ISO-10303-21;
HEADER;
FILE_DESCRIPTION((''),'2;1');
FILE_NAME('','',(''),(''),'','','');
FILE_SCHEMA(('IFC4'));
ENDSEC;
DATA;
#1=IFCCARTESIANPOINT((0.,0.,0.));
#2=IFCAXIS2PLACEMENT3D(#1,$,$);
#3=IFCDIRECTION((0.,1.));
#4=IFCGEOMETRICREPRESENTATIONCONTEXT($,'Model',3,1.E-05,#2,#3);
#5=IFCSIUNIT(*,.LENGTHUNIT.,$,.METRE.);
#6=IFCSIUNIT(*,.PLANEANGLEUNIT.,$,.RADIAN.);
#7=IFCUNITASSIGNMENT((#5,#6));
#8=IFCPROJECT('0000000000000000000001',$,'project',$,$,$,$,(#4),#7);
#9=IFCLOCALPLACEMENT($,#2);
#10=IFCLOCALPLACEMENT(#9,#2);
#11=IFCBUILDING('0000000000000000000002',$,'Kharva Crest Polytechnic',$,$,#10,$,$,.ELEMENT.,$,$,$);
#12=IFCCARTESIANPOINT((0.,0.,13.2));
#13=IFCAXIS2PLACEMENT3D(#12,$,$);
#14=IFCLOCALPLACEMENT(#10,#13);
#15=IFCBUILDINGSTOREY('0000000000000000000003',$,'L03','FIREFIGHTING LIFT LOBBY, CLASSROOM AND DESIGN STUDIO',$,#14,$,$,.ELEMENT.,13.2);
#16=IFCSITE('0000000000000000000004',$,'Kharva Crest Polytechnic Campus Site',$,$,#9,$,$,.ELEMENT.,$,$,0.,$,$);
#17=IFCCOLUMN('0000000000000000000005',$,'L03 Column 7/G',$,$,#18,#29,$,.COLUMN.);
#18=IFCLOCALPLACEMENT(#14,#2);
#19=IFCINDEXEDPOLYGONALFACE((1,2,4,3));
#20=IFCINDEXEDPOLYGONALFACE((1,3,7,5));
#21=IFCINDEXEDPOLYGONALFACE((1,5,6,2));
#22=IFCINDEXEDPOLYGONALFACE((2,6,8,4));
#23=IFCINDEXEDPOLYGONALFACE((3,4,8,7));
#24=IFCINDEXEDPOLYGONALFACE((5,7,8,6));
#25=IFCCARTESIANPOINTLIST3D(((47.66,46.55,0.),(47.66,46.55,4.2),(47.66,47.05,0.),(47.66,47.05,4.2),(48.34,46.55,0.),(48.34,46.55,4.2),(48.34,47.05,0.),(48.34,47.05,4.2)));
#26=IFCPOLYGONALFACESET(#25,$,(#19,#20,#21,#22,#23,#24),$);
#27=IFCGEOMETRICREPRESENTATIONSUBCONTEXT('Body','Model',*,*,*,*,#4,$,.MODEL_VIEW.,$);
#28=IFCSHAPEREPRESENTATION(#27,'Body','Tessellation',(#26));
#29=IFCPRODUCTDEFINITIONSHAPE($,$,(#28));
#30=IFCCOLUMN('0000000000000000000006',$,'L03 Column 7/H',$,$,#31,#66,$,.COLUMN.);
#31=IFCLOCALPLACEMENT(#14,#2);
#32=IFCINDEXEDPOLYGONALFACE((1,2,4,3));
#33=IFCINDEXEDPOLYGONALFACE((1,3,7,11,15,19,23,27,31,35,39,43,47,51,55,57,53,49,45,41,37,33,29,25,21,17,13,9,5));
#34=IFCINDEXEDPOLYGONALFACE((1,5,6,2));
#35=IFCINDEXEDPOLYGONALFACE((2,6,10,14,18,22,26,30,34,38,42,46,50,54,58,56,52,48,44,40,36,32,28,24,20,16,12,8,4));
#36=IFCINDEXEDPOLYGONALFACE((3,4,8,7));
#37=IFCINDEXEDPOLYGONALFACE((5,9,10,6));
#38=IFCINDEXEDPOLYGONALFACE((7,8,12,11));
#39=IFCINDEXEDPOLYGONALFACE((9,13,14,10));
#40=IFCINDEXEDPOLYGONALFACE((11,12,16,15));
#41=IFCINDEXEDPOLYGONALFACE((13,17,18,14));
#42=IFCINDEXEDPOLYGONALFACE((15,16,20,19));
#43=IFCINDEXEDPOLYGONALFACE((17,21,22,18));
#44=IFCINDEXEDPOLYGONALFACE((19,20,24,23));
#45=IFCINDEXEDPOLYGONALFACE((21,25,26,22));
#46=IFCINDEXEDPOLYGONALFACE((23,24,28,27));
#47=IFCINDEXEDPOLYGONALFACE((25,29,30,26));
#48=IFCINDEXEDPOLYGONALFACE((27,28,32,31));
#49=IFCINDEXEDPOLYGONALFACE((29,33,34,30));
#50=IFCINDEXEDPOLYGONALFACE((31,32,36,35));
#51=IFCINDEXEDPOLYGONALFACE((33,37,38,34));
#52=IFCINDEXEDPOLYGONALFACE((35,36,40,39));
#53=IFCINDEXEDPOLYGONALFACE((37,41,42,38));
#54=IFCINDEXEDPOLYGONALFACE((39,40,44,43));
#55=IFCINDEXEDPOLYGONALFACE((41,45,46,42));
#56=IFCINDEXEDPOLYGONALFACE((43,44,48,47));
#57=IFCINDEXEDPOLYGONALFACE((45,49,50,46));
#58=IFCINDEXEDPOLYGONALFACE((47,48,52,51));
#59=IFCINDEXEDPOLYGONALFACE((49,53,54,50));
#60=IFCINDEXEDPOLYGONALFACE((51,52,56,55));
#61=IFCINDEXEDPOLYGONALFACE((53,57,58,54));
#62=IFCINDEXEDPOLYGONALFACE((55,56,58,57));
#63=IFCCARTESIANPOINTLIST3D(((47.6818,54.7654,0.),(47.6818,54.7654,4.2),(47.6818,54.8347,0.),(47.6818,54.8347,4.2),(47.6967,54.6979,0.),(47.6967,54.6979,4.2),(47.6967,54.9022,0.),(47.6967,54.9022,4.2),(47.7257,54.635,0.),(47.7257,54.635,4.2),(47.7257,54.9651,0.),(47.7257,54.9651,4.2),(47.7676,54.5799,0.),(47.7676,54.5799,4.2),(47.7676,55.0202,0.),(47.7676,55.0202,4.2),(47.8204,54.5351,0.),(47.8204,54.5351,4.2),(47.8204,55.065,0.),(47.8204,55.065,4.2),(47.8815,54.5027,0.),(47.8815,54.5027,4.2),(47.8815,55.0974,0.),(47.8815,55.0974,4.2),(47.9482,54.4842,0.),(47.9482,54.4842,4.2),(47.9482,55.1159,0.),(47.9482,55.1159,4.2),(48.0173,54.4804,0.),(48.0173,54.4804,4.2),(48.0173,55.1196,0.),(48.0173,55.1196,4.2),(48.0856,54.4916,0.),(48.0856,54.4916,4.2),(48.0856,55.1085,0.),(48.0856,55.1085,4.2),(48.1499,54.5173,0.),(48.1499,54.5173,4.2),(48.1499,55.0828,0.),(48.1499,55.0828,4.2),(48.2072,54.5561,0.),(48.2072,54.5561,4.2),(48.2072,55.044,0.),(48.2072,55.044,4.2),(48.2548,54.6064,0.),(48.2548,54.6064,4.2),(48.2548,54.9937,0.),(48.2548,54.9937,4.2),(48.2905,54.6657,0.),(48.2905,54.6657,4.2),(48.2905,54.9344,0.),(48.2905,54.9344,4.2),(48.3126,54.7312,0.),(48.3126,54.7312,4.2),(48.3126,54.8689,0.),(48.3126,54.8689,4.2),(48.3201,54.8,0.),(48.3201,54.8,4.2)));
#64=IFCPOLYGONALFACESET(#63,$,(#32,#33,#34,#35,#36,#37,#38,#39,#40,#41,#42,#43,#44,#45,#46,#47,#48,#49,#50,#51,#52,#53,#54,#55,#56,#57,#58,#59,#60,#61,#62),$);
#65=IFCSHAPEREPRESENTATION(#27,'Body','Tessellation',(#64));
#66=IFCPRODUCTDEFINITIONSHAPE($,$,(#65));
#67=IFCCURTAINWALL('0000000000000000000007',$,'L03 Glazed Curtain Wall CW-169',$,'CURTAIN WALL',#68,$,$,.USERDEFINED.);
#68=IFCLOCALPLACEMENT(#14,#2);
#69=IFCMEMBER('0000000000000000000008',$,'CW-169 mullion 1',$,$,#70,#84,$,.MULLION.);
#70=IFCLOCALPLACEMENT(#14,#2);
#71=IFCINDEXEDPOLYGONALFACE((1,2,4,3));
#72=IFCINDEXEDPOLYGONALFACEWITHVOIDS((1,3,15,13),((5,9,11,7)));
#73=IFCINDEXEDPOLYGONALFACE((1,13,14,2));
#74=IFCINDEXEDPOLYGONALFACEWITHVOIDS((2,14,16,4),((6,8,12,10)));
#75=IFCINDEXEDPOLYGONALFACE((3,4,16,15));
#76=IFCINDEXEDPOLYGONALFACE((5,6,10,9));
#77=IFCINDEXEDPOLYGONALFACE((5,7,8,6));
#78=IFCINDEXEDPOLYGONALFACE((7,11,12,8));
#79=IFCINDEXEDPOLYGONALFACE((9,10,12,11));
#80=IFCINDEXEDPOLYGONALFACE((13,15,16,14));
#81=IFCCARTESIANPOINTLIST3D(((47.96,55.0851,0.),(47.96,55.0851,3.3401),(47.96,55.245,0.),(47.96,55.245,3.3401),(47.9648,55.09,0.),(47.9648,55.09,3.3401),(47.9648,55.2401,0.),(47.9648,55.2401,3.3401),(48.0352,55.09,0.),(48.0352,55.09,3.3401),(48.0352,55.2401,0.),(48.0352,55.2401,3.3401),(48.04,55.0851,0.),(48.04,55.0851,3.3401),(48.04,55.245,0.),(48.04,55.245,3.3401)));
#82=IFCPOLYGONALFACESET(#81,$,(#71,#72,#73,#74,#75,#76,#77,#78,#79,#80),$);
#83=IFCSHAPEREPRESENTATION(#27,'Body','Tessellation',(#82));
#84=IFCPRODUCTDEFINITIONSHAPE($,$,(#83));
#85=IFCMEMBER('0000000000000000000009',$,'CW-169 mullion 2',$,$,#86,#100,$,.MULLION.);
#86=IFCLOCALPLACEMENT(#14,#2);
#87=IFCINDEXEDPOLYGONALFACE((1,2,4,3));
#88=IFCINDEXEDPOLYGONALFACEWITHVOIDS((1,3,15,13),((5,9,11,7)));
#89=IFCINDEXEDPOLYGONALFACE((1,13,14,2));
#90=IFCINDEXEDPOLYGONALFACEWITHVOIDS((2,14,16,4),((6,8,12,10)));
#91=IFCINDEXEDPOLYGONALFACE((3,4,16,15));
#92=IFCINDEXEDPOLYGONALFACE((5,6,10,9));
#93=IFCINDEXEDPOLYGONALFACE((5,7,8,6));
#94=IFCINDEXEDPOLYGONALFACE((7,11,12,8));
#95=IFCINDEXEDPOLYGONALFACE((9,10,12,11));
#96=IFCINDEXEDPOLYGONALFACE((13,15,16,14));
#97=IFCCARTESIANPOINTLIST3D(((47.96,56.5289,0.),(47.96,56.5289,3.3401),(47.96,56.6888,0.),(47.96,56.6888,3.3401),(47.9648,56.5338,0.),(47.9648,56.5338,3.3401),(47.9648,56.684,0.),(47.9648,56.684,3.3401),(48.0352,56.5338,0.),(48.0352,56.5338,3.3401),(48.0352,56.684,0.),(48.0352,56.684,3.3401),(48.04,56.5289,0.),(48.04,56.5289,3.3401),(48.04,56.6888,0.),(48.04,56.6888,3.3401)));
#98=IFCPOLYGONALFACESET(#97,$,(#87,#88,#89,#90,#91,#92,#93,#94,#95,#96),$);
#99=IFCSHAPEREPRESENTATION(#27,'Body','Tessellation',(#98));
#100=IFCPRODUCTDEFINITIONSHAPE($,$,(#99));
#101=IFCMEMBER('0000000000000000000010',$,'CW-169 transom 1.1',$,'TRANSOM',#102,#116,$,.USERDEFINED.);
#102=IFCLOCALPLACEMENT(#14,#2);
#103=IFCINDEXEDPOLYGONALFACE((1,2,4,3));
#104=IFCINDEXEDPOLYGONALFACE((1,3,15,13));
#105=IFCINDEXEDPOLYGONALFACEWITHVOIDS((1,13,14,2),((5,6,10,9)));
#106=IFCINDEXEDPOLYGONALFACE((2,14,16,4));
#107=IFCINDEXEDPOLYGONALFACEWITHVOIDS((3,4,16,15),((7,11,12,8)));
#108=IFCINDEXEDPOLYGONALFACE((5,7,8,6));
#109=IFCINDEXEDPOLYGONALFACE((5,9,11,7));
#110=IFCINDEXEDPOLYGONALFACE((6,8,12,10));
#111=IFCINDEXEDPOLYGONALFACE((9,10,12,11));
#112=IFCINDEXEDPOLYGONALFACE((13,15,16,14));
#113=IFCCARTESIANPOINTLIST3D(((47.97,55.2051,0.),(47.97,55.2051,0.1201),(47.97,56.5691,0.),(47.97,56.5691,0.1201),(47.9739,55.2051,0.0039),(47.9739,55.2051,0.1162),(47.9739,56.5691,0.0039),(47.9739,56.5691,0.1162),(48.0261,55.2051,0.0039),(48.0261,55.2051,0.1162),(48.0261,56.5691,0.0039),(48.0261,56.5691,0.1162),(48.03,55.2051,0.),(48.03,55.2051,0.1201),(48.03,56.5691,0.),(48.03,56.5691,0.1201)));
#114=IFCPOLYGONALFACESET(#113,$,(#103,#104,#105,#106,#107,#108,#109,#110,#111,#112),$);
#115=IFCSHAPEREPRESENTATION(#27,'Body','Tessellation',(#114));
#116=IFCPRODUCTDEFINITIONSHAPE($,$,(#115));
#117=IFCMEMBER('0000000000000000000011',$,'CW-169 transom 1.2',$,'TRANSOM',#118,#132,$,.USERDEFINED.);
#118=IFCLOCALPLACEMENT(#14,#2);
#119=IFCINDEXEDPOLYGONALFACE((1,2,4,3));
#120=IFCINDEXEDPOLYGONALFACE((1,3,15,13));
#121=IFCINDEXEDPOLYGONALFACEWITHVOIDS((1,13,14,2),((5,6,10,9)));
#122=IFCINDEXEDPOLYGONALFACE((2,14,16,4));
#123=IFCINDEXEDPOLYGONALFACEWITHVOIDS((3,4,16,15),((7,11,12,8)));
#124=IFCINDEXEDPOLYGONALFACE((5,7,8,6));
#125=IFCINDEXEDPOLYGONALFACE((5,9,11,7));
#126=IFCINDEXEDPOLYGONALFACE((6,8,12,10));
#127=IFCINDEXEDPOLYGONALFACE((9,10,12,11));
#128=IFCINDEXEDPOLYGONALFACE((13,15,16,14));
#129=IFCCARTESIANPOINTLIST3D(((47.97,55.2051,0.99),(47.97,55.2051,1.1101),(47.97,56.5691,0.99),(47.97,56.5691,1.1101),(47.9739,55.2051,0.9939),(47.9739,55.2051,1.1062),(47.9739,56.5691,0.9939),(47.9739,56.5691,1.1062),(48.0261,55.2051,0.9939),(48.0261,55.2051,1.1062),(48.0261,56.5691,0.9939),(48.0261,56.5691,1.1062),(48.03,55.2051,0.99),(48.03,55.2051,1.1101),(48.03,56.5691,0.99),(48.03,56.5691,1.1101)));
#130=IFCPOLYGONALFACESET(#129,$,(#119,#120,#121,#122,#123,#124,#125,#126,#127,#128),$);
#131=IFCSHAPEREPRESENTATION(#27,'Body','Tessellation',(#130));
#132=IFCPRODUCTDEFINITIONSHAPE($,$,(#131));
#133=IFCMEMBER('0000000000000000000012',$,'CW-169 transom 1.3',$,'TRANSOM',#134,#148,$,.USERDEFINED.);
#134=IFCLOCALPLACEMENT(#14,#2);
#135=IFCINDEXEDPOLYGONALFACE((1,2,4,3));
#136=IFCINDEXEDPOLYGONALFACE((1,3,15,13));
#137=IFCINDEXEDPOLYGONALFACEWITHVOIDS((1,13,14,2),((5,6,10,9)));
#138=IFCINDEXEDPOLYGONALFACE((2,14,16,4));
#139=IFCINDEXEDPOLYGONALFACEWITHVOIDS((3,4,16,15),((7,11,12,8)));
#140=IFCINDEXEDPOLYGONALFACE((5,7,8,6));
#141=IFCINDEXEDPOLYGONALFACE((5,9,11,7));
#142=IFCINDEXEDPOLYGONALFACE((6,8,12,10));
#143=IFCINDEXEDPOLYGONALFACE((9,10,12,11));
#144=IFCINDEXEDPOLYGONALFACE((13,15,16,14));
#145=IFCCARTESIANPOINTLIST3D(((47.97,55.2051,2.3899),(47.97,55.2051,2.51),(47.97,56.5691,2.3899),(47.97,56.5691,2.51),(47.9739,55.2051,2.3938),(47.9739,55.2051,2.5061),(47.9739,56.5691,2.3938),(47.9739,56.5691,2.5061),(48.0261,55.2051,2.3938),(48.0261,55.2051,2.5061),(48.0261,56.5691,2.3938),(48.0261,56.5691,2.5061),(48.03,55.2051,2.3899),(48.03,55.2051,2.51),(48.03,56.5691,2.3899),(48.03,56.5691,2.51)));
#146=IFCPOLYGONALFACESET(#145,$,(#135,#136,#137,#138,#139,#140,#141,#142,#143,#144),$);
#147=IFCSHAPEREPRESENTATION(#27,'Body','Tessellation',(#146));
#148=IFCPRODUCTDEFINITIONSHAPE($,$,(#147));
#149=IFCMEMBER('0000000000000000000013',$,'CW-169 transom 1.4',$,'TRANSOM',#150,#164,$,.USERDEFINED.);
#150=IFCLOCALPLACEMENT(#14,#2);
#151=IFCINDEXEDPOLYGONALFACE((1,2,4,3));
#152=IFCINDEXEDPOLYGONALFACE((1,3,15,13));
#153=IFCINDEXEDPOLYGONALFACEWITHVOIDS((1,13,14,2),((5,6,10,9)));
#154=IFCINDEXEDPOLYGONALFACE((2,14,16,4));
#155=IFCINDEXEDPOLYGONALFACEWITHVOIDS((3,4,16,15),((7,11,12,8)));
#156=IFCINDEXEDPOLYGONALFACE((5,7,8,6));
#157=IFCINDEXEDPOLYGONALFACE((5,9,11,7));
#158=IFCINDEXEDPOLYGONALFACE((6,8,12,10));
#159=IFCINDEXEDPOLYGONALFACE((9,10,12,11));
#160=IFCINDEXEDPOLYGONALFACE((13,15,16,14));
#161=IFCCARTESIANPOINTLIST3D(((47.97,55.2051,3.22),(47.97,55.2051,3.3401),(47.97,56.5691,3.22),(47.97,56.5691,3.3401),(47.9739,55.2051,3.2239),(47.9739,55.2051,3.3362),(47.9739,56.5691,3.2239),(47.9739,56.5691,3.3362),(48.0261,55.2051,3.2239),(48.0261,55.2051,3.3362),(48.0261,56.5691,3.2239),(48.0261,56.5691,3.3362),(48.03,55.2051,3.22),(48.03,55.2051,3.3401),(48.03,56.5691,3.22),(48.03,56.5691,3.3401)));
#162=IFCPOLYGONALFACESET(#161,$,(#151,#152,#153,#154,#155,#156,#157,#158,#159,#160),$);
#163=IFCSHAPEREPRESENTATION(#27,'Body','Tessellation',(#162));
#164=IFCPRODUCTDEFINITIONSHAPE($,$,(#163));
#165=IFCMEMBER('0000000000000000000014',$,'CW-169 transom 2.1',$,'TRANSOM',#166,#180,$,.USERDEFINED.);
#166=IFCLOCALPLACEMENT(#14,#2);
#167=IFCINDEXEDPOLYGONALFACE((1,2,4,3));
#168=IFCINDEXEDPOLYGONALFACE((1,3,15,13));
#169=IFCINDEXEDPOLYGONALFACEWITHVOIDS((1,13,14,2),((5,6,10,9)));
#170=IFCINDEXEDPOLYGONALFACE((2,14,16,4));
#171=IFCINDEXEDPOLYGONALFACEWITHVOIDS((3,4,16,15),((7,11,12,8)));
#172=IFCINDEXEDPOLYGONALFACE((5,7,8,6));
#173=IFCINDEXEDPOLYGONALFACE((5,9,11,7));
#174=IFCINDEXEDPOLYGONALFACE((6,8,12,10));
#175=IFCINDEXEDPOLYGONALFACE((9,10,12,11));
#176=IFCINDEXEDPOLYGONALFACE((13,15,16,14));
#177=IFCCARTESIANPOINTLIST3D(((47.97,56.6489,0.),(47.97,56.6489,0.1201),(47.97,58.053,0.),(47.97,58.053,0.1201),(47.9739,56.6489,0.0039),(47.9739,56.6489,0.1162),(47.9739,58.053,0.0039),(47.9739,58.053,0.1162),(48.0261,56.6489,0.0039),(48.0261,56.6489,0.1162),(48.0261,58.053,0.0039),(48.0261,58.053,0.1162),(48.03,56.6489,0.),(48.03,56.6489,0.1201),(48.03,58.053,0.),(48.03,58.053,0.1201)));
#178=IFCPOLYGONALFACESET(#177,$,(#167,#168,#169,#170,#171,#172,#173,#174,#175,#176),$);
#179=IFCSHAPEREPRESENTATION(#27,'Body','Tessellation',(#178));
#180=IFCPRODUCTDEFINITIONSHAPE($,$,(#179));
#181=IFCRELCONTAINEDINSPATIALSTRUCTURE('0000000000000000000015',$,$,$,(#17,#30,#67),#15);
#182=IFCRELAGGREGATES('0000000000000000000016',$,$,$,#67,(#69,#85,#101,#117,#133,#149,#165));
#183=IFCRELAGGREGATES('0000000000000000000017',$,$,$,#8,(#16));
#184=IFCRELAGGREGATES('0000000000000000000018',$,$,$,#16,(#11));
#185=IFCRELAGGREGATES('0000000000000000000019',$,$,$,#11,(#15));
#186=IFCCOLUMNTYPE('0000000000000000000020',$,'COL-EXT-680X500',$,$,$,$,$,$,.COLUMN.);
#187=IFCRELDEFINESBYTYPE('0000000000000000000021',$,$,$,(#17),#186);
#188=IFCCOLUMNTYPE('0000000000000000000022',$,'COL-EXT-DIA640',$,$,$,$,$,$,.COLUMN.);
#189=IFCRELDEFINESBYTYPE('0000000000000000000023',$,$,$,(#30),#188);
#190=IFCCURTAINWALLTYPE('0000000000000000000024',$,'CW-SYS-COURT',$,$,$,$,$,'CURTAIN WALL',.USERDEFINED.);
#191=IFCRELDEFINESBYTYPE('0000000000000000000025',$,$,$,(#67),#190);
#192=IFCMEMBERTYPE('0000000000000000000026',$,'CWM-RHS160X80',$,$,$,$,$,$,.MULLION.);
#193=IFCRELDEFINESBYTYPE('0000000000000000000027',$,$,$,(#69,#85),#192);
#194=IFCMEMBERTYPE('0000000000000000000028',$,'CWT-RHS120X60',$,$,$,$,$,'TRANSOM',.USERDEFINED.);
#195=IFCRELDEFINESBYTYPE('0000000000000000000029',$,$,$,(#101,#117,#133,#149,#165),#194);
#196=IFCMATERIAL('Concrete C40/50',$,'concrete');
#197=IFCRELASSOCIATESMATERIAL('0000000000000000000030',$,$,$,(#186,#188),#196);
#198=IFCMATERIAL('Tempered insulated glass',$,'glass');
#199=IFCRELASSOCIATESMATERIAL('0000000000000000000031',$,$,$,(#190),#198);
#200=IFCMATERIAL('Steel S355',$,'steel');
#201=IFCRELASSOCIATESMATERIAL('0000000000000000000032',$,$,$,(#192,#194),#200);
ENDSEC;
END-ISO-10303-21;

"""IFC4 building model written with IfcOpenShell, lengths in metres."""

from ifc_helpers import new_model, si_unit, direction, frame, origin, origin_2d, place, context, subcontext, project, spatial, rectangle, hollow_rectangle, circle, extrude, material, material_profile, profile_set, type_object, element, aggregate, save


model = new_model("IFC4")

# Units and contexts
model_context = context("Model", 3, precision=1e-05, world=origin(), true_north=direction((0.0, 1.0)))
body_context = subcontext(model_context, "Body", "Model", "MODEL_VIEW")
ifc_project = project(units=[si_unit("LENGTHUNIT", "METRE"), si_unit("PLANEANGLEUNIT", "RADIAN")], contexts=[model_context])

# Site, building, storey
site_placement = place(None, origin())
site = spatial("IfcSite", under=ifc_project, at=site_placement, Name="Kharva Crest Polytechnic Campus Site", CompositionType="ELEMENT", RefElevation=0.0)
building_placement = place(site_placement, origin())
building = spatial("IfcBuilding", under=site, at=building_placement, Name="Kharva Crest Polytechnic", CompositionType="ELEMENT")
storey_placement = place(building_placement, frame((0.0, 0.0, 13.2)))
storey = spatial("IfcBuildingStorey", under=building, at=storey_placement, Name="L03", Description="FIREFIGHTING LIFT LOBBY, CLASSROOM AND DESIGN STUDIO", CompositionType="ELEMENT", Elevation=13.2)

# Columns
ifc_material_1 = material(Name="Concrete C40/50", Category="concrete")
ifc_material_profile_1 = material_profile(ifc_material_1, rectangle(XDim=0.6799, YDim=0.5, at=origin_2d()), Name="RECT 680 X 500")
ifc_profile_set_1 = profile_set([ifc_material_profile_1], Name="Concrete C40/50")
column_type_1 = type_object("IfcColumnType", Name="COL-EXT-680X500", PredefinedType="COLUMN", material=ifc_profile_set_1)
column_1_placement = place(storey_placement, frame((48.0, 46.8, 0.0), z_axis=(0.0, 0.0, 1.0), x_axis=(1.0, 0.0, 0.0)))
element("IfcColumn", 1, at=column_1_placement, inside=storey, type_object=column_type_1, Name="L03 Column 7/G", PredefinedType="COLUMN", context=body_context, shape_type="SweptSolid", body=[
    extrude(rectangle(XDim=0.6799, YDim=0.5, at=origin_2d()), origin(), (0.0, 0.0, 1.0), 4.2),
])
ifc_material_profile_2 = material_profile(ifc_material_1, circle(Radius=0.3201, at=origin_2d()), Name="DIA 640")
ifc_profile_set_2 = profile_set([ifc_material_profile_2], Name="Concrete C40/50")
column_type_2 = type_object("IfcColumnType", Name="COL-EXT-DIA640", PredefinedType="COLUMN", material=ifc_profile_set_2)
column_2_placement = place(storey_placement, frame((48.0, 54.8, 0.0), z_axis=(0.0, 0.0, 1.0), x_axis=(1.0, 0.0, 0.0)))
element("IfcColumn", 2, at=column_2_placement, inside=storey, type_object=column_type_2, Name="L03 Column 7/H", PredefinedType="COLUMN", context=body_context, shape_type="SweptSolid", body=[
    extrude(circle(Radius=0.3201, at=origin_2d()), origin(), (0.0, 0.0, 1.0), 4.2),
])

# Curtain wall, members
ifc_material_2 = material(Name="Tempered insulated glass", Category="glass")
curtain_wall_type = type_object("IfcCurtainWallType", Name="CW-SYS-COURT", ElementType="CURTAIN WALL", PredefinedType="USERDEFINED", material=ifc_material_2)
curtain_wall_placement = place(storey_placement, origin())
curtain_wall = element("IfcCurtainWall", 3, at=curtain_wall_placement, inside=storey, type_object=curtain_wall_type, Name="L03 Glazed Curtain Wall CW-169", ObjectType="CURTAIN WALL", PredefinedType="USERDEFINED")
ifc_material_3 = material(Name="Steel S355", Category="steel")
ifc_material_profile_3 = material_profile(ifc_material_3, hollow_rectangle(XDim=0.0801, YDim=0.1599, WallThickness=0.0049, at=origin_2d()), Name="RHS 160X80X5.0")
ifc_profile_set_3 = profile_set([ifc_material_profile_3], Name="Steel S355")
member_type_1 = type_object("IfcMemberType", Name="CWM-RHS160X80", PredefinedType="MULLION", material=ifc_profile_set_3)
member_1_placement = place(storey_placement, frame((48.0, 55.165, 0.0), z_axis=(0.0, 0.0, 1.0), x_axis=(-1.0, 0.0, 0.0)))
member_1 = element("IfcMember", 4, at=member_1_placement, type_object=member_type_1, Name="CW-169 mullion 1", PredefinedType="MULLION", context=body_context, shape_type="SweptSolid", body=[
    extrude(hollow_rectangle(XDim=0.0801, YDim=0.1599, WallThickness=0.0049, at=origin_2d()), origin(), (0.0, 0.0, 1.0), 3.3401),
])
member_2_placement = place(storey_placement, frame((48.0, 56.6089, 0.0), z_axis=(0.0, 0.0, 1.0), x_axis=(-1.0, 0.0, 0.0)))
member_2 = element("IfcMember", 5, at=member_2_placement, type_object=member_type_1, Name="CW-169 mullion 2", PredefinedType="MULLION", context=body_context, shape_type="SweptSolid", body=[
    extrude(hollow_rectangle(XDim=0.0801, YDim=0.1599, WallThickness=0.0049, at=origin_2d()), origin(), (0.0, 0.0, 1.0), 3.3401),
])
ifc_material_profile_4 = material_profile(ifc_material_3, hollow_rectangle(XDim=0.0601, YDim=0.1201, WallThickness=0.0039, at=origin_2d()), Name="RHS 120X60X4.0")
ifc_profile_set_4 = profile_set([ifc_material_profile_4], Name="Steel S355")
member_type_2 = type_object("IfcMemberType", Name="CWT-RHS120X60", ElementType="TRANSOM", PredefinedType="USERDEFINED", material=ifc_profile_set_4)
member_3_placement = place(storey_placement, frame((48.0, 55.2051, 0.0601), z_axis=(0.0, 1.0, 0.0), x_axis=(-1.0, 0.0, 0.0)))
member_3 = element("IfcMember", 6, at=member_3_placement, type_object=member_type_2, Name="CW-169 transom 1.1", ObjectType="TRANSOM", PredefinedType="USERDEFINED", context=body_context, shape_type="SweptSolid", body=[
    extrude(hollow_rectangle(XDim=0.0601, YDim=0.1201, WallThickness=0.0039, at=origin_2d()), origin(), (0.0, 0.0, 1.0), 1.364),
])
member_4_placement = place(storey_placement, frame((48.0, 55.2051, 1.05), z_axis=(0.0, 1.0, 0.0), x_axis=(-1.0, 0.0, 0.0)))
member_4 = element("IfcMember", 7, at=member_4_placement, type_object=member_type_2, Name="CW-169 transom 1.2", ObjectType="TRANSOM", PredefinedType="USERDEFINED", context=body_context, shape_type="SweptSolid", body=[
    extrude(hollow_rectangle(XDim=0.0601, YDim=0.1201, WallThickness=0.0039, at=origin_2d()), origin(), (0.0, 0.0, 1.0), 1.364),
])
member_5_placement = place(storey_placement, frame((48.0, 55.2051, 2.45), z_axis=(0.0, 1.0, 0.0), x_axis=(-1.0, 0.0, 0.0)))
member_5 = element("IfcMember", 8, at=member_5_placement, type_object=member_type_2, Name="CW-169 transom 1.3", ObjectType="TRANSOM", PredefinedType="USERDEFINED", context=body_context, shape_type="SweptSolid", body=[
    extrude(hollow_rectangle(XDim=0.0601, YDim=0.1201, WallThickness=0.0039, at=origin_2d()), origin(), (0.0, 0.0, 1.0), 1.364),
])
member_6_placement = place(storey_placement, frame((48.0, 55.2051, 3.28), z_axis=(0.0, 1.0, 0.0), x_axis=(-1.0, 0.0, 0.0)))
member_6 = element("IfcMember", 9, at=member_6_placement, type_object=member_type_2, Name="CW-169 transom 1.4", ObjectType="TRANSOM", PredefinedType="USERDEFINED", context=body_context, shape_type="SweptSolid", body=[
    extrude(hollow_rectangle(XDim=0.0601, YDim=0.1201, WallThickness=0.0039, at=origin_2d()), origin(), (0.0, 0.0, 1.0), 1.364),
])
member_7_placement = place(storey_placement, frame((48.0, 56.6489, 0.0601), z_axis=(0.0, 1.0, 0.0), x_axis=(-1.0, 0.0, 0.0)))
member_7 = element("IfcMember", 10, at=member_7_placement, type_object=member_type_2, Name="CW-169 transom 2.1", ObjectType="TRANSOM", PredefinedType="USERDEFINED", context=body_context, shape_type="SweptSolid", body=[
    extrude(hollow_rectangle(XDim=0.0601, YDim=0.1201, WallThickness=0.0039, at=origin_2d()), origin(), (0.0, 0.0, 1.0), 1.4041),
])

aggregate(curtain_wall, [member_1, member_2, member_3, member_4, member_5, member_6, member_7])

save(model, "model.ifc")
